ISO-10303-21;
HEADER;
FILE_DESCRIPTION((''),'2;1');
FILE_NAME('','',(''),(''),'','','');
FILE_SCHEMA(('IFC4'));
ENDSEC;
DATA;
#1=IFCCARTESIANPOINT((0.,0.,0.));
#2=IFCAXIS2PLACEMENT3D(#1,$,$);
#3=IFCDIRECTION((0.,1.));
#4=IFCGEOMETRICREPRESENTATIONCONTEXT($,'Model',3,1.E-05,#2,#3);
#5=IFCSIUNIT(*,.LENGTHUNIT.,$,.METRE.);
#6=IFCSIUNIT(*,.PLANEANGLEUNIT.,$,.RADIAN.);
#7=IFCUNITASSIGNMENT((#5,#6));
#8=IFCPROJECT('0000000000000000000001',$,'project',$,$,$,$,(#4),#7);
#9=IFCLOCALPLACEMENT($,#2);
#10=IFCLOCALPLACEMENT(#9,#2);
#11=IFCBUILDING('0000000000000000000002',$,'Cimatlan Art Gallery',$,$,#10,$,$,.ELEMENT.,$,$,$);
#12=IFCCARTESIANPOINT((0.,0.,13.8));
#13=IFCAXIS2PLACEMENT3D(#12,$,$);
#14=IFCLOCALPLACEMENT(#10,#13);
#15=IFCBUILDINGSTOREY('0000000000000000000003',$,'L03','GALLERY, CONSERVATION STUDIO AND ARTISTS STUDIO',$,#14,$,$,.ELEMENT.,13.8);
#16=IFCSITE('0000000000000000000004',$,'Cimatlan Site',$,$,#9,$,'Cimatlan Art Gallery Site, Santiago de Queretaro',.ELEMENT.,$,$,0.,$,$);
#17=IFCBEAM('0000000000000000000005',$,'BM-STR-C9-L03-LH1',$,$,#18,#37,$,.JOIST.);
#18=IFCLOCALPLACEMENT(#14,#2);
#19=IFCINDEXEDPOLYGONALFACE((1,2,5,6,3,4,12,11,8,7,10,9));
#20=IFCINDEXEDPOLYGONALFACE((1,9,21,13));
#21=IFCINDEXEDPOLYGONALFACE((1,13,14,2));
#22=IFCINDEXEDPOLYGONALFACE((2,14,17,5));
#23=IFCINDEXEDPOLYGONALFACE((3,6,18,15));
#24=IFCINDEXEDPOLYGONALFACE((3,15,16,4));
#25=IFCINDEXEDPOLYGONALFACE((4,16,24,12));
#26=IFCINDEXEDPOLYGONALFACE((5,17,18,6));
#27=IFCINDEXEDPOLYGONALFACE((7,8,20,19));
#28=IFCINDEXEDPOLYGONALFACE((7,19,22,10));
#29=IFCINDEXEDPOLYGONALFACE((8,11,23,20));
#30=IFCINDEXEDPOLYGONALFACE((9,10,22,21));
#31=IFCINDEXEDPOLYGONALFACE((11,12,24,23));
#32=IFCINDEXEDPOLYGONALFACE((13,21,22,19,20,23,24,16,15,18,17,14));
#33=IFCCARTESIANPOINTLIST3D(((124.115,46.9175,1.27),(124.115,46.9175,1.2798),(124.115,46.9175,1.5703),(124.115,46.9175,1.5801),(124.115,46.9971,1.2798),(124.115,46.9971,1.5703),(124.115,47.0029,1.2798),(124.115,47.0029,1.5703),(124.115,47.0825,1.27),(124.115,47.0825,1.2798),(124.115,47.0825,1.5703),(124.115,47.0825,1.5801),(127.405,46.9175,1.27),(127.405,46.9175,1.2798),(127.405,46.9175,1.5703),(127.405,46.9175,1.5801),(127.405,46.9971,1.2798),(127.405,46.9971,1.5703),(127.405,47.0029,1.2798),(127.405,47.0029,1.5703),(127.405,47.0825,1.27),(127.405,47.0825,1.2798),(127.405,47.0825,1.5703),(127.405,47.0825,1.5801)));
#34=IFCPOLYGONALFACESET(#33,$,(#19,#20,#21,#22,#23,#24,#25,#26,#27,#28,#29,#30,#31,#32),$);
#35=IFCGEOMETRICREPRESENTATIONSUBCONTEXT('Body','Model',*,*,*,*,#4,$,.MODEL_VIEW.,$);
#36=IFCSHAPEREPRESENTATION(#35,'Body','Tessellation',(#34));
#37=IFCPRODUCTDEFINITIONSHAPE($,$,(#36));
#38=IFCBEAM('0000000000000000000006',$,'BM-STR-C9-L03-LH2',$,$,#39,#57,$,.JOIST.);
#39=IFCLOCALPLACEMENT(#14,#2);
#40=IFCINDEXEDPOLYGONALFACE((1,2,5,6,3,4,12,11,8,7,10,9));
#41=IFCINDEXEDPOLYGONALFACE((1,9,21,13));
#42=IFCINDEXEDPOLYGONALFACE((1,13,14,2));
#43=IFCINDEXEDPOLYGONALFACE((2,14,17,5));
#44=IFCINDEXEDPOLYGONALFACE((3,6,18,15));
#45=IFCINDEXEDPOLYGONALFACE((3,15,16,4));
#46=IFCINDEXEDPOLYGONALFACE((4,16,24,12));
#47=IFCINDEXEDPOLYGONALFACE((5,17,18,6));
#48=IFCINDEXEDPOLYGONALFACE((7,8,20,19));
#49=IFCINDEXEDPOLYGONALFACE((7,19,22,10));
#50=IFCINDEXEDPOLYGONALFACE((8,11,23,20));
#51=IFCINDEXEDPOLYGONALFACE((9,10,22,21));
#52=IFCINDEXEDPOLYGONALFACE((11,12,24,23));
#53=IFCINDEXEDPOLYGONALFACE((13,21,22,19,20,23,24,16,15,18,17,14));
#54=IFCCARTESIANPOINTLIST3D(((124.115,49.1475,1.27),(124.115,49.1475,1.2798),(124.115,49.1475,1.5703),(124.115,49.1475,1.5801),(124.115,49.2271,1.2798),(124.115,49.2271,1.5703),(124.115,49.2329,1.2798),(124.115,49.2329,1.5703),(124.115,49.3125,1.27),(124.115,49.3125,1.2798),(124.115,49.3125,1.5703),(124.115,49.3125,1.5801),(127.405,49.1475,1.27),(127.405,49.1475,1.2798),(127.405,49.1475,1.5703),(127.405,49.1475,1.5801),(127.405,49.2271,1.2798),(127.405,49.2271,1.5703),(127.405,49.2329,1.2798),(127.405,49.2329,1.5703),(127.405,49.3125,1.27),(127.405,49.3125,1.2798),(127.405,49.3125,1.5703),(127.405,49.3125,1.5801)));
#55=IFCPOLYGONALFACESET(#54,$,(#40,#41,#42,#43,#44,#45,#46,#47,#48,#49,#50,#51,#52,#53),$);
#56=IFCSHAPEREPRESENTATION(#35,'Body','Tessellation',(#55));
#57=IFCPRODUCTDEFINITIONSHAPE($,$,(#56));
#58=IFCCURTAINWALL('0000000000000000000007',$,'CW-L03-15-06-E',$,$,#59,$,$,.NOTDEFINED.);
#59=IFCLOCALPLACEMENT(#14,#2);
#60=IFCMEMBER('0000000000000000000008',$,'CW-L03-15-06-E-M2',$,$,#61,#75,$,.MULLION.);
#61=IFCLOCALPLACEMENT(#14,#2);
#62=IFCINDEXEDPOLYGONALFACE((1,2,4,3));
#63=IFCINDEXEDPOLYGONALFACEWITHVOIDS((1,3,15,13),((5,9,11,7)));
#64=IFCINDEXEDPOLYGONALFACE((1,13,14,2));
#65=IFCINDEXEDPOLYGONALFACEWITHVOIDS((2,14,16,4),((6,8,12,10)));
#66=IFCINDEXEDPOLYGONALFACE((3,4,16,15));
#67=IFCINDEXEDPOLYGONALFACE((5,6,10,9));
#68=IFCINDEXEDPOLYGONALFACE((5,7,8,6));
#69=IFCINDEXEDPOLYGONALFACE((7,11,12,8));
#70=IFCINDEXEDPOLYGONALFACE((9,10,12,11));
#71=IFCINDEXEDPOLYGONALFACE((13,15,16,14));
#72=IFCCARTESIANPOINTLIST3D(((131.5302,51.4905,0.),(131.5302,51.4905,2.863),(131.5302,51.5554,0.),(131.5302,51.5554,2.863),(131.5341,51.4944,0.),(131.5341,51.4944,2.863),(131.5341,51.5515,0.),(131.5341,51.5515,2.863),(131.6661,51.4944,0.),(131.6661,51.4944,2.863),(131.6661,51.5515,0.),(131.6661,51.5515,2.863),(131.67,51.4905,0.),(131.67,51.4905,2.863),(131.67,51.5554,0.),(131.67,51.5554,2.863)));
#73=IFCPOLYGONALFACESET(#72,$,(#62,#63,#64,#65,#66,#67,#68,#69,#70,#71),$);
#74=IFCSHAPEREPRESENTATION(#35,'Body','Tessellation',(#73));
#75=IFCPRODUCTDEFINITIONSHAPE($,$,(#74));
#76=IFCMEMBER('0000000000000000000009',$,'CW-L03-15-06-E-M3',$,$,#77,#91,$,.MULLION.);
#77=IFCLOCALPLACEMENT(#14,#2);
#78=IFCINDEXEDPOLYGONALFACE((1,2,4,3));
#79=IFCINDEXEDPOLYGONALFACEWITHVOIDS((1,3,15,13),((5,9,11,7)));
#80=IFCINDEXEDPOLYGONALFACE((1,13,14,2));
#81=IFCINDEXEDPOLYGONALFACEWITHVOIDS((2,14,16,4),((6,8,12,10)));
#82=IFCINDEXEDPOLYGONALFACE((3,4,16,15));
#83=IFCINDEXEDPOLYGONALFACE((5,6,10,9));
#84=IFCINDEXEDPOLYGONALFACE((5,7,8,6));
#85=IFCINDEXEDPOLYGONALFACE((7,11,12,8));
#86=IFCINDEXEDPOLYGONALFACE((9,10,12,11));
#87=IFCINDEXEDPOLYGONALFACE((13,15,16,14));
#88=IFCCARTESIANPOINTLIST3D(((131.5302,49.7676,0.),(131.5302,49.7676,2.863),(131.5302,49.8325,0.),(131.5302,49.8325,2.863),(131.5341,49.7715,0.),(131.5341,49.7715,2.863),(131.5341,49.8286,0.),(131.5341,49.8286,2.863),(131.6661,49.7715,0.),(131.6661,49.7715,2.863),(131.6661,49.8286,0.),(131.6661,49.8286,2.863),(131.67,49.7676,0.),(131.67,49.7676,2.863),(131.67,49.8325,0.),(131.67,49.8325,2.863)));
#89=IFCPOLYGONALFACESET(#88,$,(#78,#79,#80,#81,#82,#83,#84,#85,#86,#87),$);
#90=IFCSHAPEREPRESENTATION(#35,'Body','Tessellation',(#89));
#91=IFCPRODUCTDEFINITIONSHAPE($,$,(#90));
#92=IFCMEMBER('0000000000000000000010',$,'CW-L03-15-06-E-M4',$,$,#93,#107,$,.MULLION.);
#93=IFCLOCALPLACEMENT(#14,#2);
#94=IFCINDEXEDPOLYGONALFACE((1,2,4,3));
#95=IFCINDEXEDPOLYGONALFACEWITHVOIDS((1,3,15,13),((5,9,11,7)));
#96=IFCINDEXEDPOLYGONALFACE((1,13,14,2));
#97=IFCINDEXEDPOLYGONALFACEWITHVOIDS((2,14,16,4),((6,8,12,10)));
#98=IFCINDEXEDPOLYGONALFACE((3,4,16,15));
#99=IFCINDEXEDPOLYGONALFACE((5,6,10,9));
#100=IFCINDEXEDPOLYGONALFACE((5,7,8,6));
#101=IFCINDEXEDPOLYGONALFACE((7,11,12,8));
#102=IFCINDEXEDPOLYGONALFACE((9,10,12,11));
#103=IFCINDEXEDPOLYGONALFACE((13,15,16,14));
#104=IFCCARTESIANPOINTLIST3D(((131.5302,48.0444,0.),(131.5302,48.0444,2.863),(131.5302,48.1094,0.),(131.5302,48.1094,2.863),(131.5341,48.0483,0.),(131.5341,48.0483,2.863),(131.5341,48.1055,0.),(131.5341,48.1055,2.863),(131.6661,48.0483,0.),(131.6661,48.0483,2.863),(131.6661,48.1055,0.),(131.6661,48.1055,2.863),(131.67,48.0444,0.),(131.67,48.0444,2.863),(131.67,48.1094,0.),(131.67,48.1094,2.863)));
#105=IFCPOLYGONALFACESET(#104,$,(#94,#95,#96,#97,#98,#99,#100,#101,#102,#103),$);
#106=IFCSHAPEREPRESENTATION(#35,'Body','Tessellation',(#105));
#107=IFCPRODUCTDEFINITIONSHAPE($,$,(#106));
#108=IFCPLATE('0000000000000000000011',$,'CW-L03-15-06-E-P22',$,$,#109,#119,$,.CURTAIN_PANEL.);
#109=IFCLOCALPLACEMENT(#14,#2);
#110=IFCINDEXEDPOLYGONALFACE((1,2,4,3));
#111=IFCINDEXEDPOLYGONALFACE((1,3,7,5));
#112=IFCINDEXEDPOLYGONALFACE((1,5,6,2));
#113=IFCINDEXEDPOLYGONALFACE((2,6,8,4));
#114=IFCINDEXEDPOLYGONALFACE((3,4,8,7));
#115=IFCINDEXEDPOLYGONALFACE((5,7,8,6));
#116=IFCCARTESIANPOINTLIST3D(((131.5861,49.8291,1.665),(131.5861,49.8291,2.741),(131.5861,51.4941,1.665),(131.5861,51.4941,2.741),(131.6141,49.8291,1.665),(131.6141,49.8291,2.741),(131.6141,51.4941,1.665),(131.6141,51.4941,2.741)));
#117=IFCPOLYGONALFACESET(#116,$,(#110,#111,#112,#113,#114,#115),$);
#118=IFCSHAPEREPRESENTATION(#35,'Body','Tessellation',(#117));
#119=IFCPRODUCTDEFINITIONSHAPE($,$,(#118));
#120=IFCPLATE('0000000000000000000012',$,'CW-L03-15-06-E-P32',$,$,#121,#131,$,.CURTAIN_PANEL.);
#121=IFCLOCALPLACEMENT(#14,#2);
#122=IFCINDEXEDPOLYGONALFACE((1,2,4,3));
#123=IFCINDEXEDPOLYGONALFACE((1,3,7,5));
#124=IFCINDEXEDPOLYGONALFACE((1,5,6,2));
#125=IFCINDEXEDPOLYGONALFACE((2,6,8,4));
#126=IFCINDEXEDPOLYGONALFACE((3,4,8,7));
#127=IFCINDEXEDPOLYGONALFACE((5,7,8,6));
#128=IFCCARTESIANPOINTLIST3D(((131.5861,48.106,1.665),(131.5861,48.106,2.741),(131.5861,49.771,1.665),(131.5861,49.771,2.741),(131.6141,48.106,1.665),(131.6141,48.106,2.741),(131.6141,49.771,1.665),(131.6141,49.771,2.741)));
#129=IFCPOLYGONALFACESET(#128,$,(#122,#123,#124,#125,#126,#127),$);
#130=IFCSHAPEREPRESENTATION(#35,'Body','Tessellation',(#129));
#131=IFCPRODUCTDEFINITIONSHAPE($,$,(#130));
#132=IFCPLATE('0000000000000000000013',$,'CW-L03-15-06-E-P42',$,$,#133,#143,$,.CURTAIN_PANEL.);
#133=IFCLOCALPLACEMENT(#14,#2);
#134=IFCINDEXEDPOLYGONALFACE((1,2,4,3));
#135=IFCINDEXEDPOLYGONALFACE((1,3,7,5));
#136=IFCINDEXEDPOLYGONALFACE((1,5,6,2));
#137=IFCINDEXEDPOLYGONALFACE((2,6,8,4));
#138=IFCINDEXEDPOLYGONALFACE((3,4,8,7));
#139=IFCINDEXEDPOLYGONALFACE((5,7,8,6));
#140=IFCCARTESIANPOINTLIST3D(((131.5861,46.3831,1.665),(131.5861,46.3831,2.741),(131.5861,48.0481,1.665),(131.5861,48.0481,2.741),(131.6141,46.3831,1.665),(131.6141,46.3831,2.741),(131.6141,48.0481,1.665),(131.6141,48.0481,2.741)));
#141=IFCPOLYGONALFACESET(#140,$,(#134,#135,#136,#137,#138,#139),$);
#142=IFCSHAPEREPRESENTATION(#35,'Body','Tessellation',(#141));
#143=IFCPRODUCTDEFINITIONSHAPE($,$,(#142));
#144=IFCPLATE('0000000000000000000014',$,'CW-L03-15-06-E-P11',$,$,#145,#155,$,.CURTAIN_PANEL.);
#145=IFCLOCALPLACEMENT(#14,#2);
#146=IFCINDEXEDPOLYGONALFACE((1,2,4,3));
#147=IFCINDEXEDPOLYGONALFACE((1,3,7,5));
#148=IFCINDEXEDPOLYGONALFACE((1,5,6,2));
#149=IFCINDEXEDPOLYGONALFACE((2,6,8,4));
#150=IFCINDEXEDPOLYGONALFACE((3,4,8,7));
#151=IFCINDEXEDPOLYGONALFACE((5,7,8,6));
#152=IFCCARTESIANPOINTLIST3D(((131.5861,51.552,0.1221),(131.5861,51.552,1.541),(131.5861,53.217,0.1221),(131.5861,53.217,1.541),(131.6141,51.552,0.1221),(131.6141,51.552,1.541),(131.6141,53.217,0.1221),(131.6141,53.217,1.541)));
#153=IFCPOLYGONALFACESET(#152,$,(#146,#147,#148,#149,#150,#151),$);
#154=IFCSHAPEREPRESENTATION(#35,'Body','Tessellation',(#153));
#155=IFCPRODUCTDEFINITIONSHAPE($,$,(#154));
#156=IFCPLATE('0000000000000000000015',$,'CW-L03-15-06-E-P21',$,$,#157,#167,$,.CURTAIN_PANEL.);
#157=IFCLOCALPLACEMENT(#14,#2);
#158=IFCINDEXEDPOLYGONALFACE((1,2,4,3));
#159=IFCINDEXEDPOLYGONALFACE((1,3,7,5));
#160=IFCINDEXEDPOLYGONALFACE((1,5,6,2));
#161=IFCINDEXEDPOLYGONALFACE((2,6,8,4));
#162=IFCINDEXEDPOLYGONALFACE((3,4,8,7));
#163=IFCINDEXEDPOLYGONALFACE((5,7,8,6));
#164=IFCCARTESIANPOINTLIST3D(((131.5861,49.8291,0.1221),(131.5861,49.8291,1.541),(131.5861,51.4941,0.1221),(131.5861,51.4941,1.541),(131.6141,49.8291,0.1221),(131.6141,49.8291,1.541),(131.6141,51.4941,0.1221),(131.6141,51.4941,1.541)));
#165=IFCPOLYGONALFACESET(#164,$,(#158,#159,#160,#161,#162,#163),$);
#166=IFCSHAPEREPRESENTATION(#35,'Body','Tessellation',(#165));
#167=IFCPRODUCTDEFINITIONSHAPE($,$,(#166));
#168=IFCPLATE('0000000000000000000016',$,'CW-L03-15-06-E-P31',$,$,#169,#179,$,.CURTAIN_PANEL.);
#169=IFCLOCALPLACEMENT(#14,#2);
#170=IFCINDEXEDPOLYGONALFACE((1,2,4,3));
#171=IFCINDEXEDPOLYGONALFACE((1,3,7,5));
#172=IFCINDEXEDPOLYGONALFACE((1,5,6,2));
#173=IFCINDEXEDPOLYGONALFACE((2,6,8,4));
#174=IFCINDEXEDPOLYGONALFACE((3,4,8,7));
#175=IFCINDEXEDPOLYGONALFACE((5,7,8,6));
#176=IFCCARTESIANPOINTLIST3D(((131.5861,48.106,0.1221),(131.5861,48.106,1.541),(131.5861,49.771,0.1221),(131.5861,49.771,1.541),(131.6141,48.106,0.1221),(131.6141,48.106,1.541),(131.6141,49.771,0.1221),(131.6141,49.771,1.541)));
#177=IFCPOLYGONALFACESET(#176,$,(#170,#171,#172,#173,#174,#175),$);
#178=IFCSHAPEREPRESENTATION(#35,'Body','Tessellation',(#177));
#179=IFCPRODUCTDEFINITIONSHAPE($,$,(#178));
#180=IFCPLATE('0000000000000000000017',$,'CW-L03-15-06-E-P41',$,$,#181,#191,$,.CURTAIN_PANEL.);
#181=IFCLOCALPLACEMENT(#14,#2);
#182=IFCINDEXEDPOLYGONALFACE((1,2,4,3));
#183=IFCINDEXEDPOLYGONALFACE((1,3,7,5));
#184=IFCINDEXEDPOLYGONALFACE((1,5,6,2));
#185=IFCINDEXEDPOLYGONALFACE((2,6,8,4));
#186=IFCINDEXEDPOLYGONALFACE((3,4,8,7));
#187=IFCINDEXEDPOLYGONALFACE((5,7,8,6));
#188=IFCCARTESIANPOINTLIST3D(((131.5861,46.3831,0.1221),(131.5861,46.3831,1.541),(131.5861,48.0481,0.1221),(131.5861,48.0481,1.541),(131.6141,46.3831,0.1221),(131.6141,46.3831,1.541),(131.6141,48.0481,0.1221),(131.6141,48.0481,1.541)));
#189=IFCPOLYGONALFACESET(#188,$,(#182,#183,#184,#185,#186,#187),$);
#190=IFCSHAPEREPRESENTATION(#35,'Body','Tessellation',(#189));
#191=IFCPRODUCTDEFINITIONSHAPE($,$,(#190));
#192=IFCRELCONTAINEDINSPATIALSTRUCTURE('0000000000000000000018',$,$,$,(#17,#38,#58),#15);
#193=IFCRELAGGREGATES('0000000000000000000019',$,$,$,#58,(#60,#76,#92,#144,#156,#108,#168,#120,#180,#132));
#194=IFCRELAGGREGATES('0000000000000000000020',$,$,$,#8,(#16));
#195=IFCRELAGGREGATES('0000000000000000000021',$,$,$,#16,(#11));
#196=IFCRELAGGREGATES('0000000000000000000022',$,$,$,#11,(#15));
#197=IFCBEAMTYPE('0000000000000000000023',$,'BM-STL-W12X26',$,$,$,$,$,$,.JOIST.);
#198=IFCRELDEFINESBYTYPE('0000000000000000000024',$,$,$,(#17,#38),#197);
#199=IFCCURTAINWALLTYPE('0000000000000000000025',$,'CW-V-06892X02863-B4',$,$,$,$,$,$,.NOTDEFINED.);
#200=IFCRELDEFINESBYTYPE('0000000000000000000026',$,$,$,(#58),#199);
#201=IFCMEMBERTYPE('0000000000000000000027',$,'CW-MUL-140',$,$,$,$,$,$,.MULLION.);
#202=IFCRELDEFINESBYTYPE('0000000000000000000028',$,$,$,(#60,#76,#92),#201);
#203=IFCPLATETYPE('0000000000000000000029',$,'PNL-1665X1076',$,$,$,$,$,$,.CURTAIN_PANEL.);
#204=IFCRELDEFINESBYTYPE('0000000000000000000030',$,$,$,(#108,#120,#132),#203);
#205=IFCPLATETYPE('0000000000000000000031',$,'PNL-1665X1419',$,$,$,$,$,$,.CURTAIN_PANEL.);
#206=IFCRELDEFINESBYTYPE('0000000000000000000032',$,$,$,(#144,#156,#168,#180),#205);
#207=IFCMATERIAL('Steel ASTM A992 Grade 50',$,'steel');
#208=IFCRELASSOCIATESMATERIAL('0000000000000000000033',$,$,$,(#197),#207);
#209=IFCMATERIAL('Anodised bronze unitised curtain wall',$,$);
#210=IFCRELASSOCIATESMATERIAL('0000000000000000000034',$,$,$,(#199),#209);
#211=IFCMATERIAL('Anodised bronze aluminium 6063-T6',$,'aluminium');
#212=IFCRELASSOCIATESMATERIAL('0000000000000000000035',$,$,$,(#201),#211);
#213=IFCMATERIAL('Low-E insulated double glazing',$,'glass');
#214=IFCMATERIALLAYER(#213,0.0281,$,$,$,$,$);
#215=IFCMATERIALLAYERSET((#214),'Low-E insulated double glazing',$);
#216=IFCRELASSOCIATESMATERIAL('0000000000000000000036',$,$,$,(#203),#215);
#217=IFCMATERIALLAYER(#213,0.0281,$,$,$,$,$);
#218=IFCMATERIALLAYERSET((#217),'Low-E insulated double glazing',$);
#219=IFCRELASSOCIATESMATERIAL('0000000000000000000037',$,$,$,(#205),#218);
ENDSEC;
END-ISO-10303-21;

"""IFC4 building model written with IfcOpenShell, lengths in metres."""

from ifc_helpers import new_model, si_unit, direction, frame, origin, origin_2d, place, context, subcontext, project, spatial, rectangle, hollow_rectangle, i_section, extrude, material, layer, layer_set, material_profile, profile_set, type_object, element, aggregate, save


model = new_model("IFC4")

# Units and contexts
model_context = context("Model", 3, precision=1e-05, world=origin(), true_north=direction((0.0, 1.0)))
body_context = subcontext(model_context, "Body", "Model", "MODEL_VIEW")
ifc_project = project(units=[si_unit("LENGTHUNIT", "METRE"), si_unit("PLANEANGLEUNIT", "RADIAN")], contexts=[model_context])

# Site, building, storey
site_placement = place(None, origin())
site = spatial("IfcSite", under=ifc_project, at=site_placement, Name="Cimatlan Site", LongName="Cimatlan Art Gallery Site, Santiago de Queretaro", CompositionType="ELEMENT", RefElevation=0.0)
building_placement = place(site_placement, origin())
building = spatial("IfcBuilding", under=site, at=building_placement, Name="Cimatlan Art Gallery", CompositionType="ELEMENT")
storey_placement = place(building_placement, frame((0.0, 0.0, 13.8)))
storey = spatial("IfcBuildingStorey", under=building, at=storey_placement, Name="L03", Description="GALLERY, CONSERVATION STUDIO AND ARTISTS STUDIO", CompositionType="ELEMENT", Elevation=13.8)

# Beams
ifc_material_1 = material(Name="Steel ASTM A992 Grade 50", Category="steel")
ifc_material_profile_1 = material_profile(ifc_material_1, i_section(OverallWidth=0.165, OverallDepth=0.3101, WebThickness=0.0059, FlangeThickness=0.0098, at=origin_2d()), Name="W12X26")
ifc_profile_set_1 = profile_set([ifc_material_profile_1], Name="Steel ASTM A992 Grade 50")
beam_type = type_object("IfcBeamType", Name="BM-STL-W12X26", PredefinedType="JOIST", material=ifc_profile_set_1)
for number, where, z_axis, x_axis, name in (
    (1, (124.115, 47.0, 1.425), (1.0, 0.0, 0.0), (0.0, 1.0, 0.0), "BM-STR-C9-L03-LH1"),
    (2, (124.115, 49.23, 1.425), (1.0, 0.0, 0.0), (0.0, 1.0, 0.0), "BM-STR-C9-L03-LH2"),
):
    element("IfcBeam", number, at=place(storey_placement, frame(where, z_axis=z_axis, x_axis=x_axis)), inside=storey, type_object=beam_type, Name=name, PredefinedType="JOIST", context=body_context, shape_type="SweptSolid", body=[
        extrude(i_section(OverallWidth=0.165, OverallDepth=0.3101, WebThickness=0.0059, FlangeThickness=0.0098, at=origin_2d()), origin(), (0.0, 0.0, 1.0), 3.29),
    ])

# Curtain wall, members, plates
ifc_material_2 = material(Name="Anodised bronze unitised curtain wall")
curtain_wall_type = type_object("IfcCurtainWallType", Name="CW-V-06892X02863-B4", PredefinedType="NOTDEFINED", material=ifc_material_2)
curtain_wall_placement = place(storey_placement, origin())
curtain_wall = element("IfcCurtainWall", 3, at=curtain_wall_placement, inside=storey, type_object=curtain_wall_type, Name="CW-L03-15-06-E", PredefinedType="NOTDEFINED")
ifc_material_3 = material(Name="Anodised bronze aluminium 6063-T6", Category="aluminium")
ifc_material_profile_2 = material_profile(ifc_material_3, hollow_rectangle(XDim=0.0649, YDim=0.1399, WallThickness=0.0039, at=origin_2d()), Name="ALU65X140X4")
ifc_profile_set_2 = profile_set([ifc_material_profile_2], Name="Anodised bronze aluminium 6063-T6")
member_type = type_object("IfcMemberType", Name="CW-MUL-140", PredefinedType="MULLION", material=ifc_profile_set_2)
member_1_placement = place(storey_placement, frame((131.6001, 51.5229, 0.0), z_axis=(0.0, 0.0, 1.0), x_axis=(0.0, 1.0, 0.0)))
member_1 = element("IfcMember", 4, at=member_1_placement, type_object=member_type, Name="CW-L03-15-06-E-M2", PredefinedType="MULLION", context=body_context, shape_type="SweptSolid", body=[
    extrude(hollow_rectangle(XDim=0.0649, YDim=0.1399, WallThickness=0.0039, at=origin_2d()), origin(), (0.0, 0.0, 1.0), 2.863),
])
member_2_placement = place(storey_placement, frame((131.6001, 49.8, 0.0), z_axis=(0.0, 0.0, 1.0), x_axis=(0.0, 1.0, 0.0)))
member_2 = element("IfcMember", 5, at=member_2_placement, type_object=member_type, Name="CW-L03-15-06-E-M3", PredefinedType="MULLION", context=body_context, shape_type="SweptSolid", body=[
    extrude(hollow_rectangle(XDim=0.0649, YDim=0.1399, WallThickness=0.0039, at=origin_2d()), origin(), (0.0, 0.0, 1.0), 2.863),
])
member_3_placement = place(storey_placement, frame((131.6001, 48.0769, 0.0), z_axis=(0.0, 0.0, 1.0), x_axis=(0.0, 1.0, 0.0)))
member_3 = element("IfcMember", 6, at=member_3_placement, type_object=member_type, Name="CW-L03-15-06-E-M4", PredefinedType="MULLION", context=body_context, shape_type="SweptSolid", body=[
    extrude(hollow_rectangle(XDim=0.0649, YDim=0.1399, WallThickness=0.0039, at=origin_2d()), origin(), (0.0, 0.0, 1.0), 2.863),
])
ifc_material_4 = material(Name="Low-E insulated double glazing", Category="glass")
ifc_layer_1 = layer(ifc_material_4, 0.0281)
ifc_layer_set_1 = layer_set([ifc_layer_1], Name="Low-E insulated double glazing")
plate_type_1 = type_object("IfcPlateType", Name="PNL-1665X1076", PredefinedType="CURTAIN_PANEL", material=ifc_layer_set_1)
plate_1_placement = place(storey_placement, frame((131.6001, 50.6616, 1.665), z_axis=(0.0, 0.0, 1.0), x_axis=(0.0, -1.0, 0.0)))
plate_1 = element("IfcPlate", 7, at=plate_1_placement, type_object=plate_type_1, Name="CW-L03-15-06-E-P22", PredefinedType="CURTAIN_PANEL", context=body_context, shape_type="SweptSolid", body=[
    extrude(rectangle(XDim=1.665, YDim=0.0281, at=origin_2d()), origin(), (0.0, 0.0, 1.0), 1.0759),
])
plate_2_placement = place(storey_placement, frame((131.6001, 48.9385, 1.665), z_axis=(0.0, 0.0, 1.0), x_axis=(0.0, -1.0, 0.0)))
plate_2 = element("IfcPlate", 8, at=plate_2_placement, type_object=plate_type_1, Name="CW-L03-15-06-E-P32", PredefinedType="CURTAIN_PANEL", context=body_context, shape_type="SweptSolid", body=[
    extrude(rectangle(XDim=1.665, YDim=0.0281, at=origin_2d()), origin(), (0.0, 0.0, 1.0), 1.0759),
])
plate_3_placement = place(storey_placement, frame((131.6001, 47.2156, 1.665), z_axis=(0.0, 0.0, 1.0), x_axis=(0.0, -1.0, 0.0)))
plate_3 = element("IfcPlate", 9, at=plate_3_placement, type_object=plate_type_1, Name="CW-L03-15-06-E-P42", PredefinedType="CURTAIN_PANEL", context=body_context, shape_type="SweptSolid", body=[
    extrude(rectangle(XDim=1.665, YDim=0.0281, at=origin_2d()), origin(), (0.0, 0.0, 1.0), 1.0759),
])
ifc_layer_2 = layer(ifc_material_4, 0.0281)
ifc_layer_set_2 = layer_set([ifc_layer_2], Name="Low-E insulated double glazing")
plate_type_2 = type_object("IfcPlateType", Name="PNL-1665X1419", PredefinedType="CURTAIN_PANEL", material=ifc_layer_set_2)
plate_4_placement = place(storey_placement, frame((131.6001, 52.3845, 0.1221), z_axis=(0.0, 0.0, 1.0), x_axis=(0.0, -1.0, 0.0)))
plate_4 = element("IfcPlate", 10, at=plate_4_placement, type_object=plate_type_2, Name="CW-L03-15-06-E-P11", PredefinedType="CURTAIN_PANEL", context=body_context, shape_type="SweptSolid", body=[
    extrude(rectangle(XDim=1.665, YDim=0.0281, at=origin_2d()), origin(), (0.0, 0.0, 1.0), 1.4189),
])
plate_5_placement = place(storey_placement, frame((131.6001, 50.6616, 0.1221), z_axis=(0.0, 0.0, 1.0), x_axis=(0.0, -1.0, 0.0)))
plate_5 = element("IfcPlate", 11, at=plate_5_placement, type_object=plate_type_2, Name="CW-L03-15-06-E-P21", PredefinedType="CURTAIN_PANEL", context=body_context, shape_type="SweptSolid", body=[
    extrude(rectangle(XDim=1.665, YDim=0.0281, at=origin_2d()), origin(), (0.0, 0.0, 1.0), 1.4189),
])
plate_6_placement = place(storey_placement, frame((131.6001, 48.9385, 0.1221), z_axis=(0.0, 0.0, 1.0), x_axis=(0.0, -1.0, 0.0)))
plate_6 = element("IfcPlate", 12, at=plate_6_placement, type_object=plate_type_2, Name="CW-L03-15-06-E-P31", PredefinedType="CURTAIN_PANEL", context=body_context, shape_type="SweptSolid", body=[
    extrude(rectangle(XDim=1.665, YDim=0.0281, at=origin_2d()), origin(), (0.0, 0.0, 1.0), 1.4189),
])
plate_7_placement = place(storey_placement, frame((131.6001, 47.2156, 0.1221), z_axis=(0.0, 0.0, 1.0), x_axis=(0.0, -1.0, 0.0)))
plate_7 = element("IfcPlate", 13, at=plate_7_placement, type_object=plate_type_2, Name="CW-L03-15-06-E-P41", PredefinedType="CURTAIN_PANEL", context=body_context, shape_type="SweptSolid", body=[
    extrude(rectangle(XDim=1.665, YDim=0.0281, at=origin_2d()), origin(), (0.0, 0.0, 1.0), 1.4189),
])
aggregate(curtain_wall, [member_1, member_2, member_3, plate_4, plate_5, plate_1, plate_6, plate_2, plate_7, plate_3])

save(model, "model.ifc")
